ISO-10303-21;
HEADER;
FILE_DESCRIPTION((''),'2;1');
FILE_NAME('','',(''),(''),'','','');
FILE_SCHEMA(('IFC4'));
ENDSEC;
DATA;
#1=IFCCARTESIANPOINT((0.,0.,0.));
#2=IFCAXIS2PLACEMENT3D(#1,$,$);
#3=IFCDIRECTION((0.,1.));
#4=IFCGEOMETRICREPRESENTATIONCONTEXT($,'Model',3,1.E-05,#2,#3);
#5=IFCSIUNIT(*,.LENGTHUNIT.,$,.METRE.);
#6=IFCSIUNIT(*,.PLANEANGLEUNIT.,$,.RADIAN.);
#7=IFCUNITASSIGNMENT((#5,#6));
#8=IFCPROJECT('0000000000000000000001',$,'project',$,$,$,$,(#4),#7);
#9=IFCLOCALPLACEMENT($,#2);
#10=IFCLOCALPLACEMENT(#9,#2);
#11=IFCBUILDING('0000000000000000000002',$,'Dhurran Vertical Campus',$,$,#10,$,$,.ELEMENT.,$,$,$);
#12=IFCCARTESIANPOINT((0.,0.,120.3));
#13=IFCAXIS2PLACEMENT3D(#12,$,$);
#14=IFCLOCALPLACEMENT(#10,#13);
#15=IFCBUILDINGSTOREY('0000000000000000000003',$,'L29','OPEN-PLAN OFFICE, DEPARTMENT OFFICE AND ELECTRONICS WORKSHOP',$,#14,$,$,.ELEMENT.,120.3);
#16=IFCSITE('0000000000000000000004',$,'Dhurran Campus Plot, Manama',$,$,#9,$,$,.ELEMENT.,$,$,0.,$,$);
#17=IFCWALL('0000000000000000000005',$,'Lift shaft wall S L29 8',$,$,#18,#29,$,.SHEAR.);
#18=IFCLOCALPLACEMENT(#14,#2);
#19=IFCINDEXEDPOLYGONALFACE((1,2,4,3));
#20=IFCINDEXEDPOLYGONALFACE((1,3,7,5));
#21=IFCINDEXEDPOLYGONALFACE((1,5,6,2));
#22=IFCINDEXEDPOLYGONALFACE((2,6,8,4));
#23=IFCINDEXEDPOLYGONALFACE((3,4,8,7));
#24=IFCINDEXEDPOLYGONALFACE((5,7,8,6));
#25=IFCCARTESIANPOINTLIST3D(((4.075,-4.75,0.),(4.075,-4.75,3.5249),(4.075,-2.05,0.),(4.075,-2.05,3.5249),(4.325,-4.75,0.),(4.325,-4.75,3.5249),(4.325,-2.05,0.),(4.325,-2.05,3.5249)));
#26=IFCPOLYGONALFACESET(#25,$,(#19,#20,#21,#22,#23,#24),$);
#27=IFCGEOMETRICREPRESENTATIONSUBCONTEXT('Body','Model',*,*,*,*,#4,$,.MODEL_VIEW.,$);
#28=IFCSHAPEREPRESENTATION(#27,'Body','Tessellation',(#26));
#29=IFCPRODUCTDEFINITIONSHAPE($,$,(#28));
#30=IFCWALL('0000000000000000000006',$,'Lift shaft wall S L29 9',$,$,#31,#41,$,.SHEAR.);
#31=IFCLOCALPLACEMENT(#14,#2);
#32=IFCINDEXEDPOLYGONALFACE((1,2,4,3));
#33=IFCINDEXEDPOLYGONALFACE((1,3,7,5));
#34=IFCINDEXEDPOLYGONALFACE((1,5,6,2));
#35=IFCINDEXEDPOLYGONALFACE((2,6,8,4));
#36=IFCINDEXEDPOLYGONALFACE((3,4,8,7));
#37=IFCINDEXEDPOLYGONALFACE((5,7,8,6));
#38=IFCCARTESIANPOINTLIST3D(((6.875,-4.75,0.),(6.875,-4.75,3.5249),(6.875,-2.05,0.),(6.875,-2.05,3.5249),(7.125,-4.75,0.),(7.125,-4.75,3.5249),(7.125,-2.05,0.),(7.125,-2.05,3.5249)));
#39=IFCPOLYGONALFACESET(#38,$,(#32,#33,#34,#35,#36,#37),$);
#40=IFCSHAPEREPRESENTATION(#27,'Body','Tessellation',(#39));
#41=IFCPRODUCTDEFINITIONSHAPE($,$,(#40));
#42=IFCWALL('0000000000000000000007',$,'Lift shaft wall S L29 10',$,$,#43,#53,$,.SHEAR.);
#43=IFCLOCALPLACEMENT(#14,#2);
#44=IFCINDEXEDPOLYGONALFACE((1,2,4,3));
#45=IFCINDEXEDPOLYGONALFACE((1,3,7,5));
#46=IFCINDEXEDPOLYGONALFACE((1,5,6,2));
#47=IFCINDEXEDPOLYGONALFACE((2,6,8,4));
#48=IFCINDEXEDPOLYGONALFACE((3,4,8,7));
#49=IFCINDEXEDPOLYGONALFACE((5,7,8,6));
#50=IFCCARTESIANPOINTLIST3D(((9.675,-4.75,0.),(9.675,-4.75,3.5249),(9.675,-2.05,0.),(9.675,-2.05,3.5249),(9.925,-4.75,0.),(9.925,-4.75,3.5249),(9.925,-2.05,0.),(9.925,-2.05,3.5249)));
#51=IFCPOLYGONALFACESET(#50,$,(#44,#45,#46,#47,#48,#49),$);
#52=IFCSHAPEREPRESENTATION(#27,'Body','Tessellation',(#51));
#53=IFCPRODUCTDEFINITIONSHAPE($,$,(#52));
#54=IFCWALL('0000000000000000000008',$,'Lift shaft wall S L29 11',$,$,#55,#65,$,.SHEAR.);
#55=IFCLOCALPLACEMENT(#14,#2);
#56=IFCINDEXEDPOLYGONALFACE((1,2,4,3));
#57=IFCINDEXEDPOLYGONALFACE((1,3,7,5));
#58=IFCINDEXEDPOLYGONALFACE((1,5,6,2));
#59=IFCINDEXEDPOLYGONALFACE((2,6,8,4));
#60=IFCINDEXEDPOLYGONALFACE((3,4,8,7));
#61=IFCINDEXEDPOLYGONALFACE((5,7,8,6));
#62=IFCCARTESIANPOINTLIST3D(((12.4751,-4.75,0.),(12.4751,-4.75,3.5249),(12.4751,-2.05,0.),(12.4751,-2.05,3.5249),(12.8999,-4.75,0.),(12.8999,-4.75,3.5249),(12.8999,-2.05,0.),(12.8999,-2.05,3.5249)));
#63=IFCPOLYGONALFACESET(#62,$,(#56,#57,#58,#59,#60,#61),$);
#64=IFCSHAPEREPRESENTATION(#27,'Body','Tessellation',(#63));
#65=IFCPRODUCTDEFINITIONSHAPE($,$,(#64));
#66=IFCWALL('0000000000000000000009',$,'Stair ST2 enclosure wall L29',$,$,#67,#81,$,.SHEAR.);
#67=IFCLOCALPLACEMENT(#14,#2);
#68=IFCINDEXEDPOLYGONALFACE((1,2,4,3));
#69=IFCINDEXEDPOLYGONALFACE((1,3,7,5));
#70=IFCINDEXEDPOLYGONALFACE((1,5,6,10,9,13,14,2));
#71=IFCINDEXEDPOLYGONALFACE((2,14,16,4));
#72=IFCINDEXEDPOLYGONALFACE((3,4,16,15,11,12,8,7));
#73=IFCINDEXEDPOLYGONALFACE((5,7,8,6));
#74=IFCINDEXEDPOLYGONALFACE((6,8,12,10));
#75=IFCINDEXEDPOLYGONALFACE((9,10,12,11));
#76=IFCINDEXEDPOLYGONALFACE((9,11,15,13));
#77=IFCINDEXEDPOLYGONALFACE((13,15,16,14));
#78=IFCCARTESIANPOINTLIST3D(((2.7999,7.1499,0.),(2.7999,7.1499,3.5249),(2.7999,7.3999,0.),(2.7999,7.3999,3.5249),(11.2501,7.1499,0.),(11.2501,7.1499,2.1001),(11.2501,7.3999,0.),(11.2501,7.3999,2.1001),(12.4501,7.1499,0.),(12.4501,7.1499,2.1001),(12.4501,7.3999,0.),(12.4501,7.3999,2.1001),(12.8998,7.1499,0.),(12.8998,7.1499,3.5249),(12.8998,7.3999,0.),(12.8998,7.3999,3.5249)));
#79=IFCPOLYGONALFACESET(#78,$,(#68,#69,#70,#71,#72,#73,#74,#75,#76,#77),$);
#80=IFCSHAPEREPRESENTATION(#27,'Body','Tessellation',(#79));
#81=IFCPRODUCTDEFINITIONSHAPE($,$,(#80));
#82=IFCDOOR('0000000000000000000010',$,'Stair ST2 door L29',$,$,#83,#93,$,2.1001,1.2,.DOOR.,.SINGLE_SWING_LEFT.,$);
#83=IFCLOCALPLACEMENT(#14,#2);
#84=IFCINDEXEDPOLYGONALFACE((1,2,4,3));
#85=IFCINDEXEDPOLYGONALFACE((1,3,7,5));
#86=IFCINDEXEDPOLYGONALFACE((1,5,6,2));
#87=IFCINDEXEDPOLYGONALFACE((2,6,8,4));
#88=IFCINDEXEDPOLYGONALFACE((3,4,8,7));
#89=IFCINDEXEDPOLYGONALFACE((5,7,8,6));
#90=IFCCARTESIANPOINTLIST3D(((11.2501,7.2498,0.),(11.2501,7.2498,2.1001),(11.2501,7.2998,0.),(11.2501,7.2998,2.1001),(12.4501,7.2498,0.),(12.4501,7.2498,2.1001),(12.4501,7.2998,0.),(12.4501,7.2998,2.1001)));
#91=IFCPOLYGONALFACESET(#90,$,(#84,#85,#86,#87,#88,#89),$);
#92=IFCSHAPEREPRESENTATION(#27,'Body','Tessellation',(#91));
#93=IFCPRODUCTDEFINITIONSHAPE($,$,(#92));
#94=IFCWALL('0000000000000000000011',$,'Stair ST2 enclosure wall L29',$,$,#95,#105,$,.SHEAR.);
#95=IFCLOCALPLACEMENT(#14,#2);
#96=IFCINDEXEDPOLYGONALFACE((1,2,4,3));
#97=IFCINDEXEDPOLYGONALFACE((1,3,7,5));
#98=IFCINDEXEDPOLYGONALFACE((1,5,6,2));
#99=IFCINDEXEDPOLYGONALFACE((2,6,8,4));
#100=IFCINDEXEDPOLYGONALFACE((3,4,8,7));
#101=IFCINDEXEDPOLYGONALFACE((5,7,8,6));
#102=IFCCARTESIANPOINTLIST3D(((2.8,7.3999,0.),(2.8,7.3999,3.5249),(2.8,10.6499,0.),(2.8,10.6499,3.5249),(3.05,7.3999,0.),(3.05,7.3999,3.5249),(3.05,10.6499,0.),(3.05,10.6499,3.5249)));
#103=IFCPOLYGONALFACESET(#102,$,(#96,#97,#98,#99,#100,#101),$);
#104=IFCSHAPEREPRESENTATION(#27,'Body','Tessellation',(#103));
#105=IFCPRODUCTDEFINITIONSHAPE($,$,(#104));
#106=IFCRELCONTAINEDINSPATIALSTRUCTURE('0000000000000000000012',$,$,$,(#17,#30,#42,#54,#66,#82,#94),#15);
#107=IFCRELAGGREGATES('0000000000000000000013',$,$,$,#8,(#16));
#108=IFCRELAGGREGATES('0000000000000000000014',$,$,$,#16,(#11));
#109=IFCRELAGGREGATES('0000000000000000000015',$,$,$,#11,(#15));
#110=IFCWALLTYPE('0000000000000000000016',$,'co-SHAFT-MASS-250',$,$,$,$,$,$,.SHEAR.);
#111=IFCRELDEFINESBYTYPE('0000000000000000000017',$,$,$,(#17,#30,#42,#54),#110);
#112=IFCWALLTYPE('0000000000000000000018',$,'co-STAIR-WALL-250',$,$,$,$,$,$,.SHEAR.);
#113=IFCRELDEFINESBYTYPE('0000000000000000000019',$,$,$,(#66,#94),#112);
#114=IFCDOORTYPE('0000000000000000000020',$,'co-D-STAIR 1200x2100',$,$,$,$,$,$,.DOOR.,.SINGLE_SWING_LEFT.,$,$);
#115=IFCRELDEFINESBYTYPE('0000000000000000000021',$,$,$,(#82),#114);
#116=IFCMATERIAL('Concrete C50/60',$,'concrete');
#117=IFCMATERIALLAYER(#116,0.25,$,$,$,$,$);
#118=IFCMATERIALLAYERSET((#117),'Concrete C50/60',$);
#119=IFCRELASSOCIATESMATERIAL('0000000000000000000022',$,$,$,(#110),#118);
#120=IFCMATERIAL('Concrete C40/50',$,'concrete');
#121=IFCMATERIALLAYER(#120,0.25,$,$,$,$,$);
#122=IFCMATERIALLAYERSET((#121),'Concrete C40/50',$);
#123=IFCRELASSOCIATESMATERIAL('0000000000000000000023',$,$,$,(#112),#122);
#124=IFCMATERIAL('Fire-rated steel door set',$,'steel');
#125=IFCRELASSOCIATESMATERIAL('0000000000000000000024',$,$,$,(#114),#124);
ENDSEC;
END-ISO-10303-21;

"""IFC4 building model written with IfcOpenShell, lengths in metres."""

from ifc_helpers import new_model, si_unit, direction, frame, frame_2d, origin, place, context, subcontext, project, spatial, polyline, rectangle, outline, extrude, material, layer, layer_set, type_object, element, fill, save


model = new_model("IFC4")

# Units and contexts
model_context = context("Model", 3, precision=1e-05, world=origin(), true_north=direction((0.0, 1.0)))
body_context = subcontext(model_context, "Body", "Model", "MODEL_VIEW")
ifc_project = project(units=[si_unit("LENGTHUNIT", "METRE"), si_unit("PLANEANGLEUNIT", "RADIAN")], contexts=[model_context])

# Site, building, storey
site_placement = place(None, origin())
site = spatial("IfcSite", under=ifc_project, at=site_placement, Name="Dhurran Campus Plot, Manama", CompositionType="ELEMENT", RefElevation=0.0)
building_placement = place(site_placement, origin())
building = spatial("IfcBuilding", under=site, at=building_placement, Name="Dhurran Vertical Campus", CompositionType="ELEMENT")
storey_placement = place(building_placement, frame((0.0, 0.0, 120.3)))
storey = spatial("IfcBuildingStorey", under=building, at=storey_placement, Name="L29", Description="OPEN-PLAN OFFICE, DEPARTMENT OFFICE AND ELECTRONICS WORKSHOP", CompositionType="ELEMENT", Elevation=120.3)

# Walls
ifc_material_1 = material(Name="Concrete C50/60", Category="concrete")
ifc_layer_1 = layer(ifc_material_1, 0.25)
ifc_layer_set_1 = layer_set([ifc_layer_1], Name="Concrete C50/60")
wall_type_1 = type_object("IfcWallType", Name="co-SHAFT-MASS-250", PredefinedType="SHEAR", material=ifc_layer_set_1)
wall_1_placement = place(storey_placement, origin())
element("IfcWall", 1, at=wall_1_placement, inside=storey, type_object=wall_type_1, Name="Lift shaft wall S L29 8", PredefinedType="SHEAR", context=body_context, shape_type="SweptSolid", body=[
    extrude(outline(polyline([(4.075, -4.75), (4.325, -4.75), (4.325, -2.05), (4.075, -2.05), (4.075, -4.75)])), origin(), (0.0, 0.0, 1.0), 3.5249),
])
wall_2_placement = place(storey_placement, origin())
element("IfcWall", 2, at=wall_2_placement, inside=storey, type_object=wall_type_1, Name="Lift shaft wall S L29 9", PredefinedType="SHEAR", context=body_context, shape_type="SweptSolid", body=[
    extrude(outline(polyline([(6.875, -4.75), (7.125, -4.75), (7.125, -2.05), (6.875, -2.05), (6.875, -4.75)])), origin(), (0.0, 0.0, 1.0), 3.5249),
])
wall_3_placement = place(storey_placement, origin())
element("IfcWall", 3, at=wall_3_placement, inside=storey, type_object=wall_type_1, Name="Lift shaft wall S L29 10", PredefinedType="SHEAR", context=body_context, shape_type="SweptSolid", body=[
    extrude(outline(polyline([(9.675, -4.75), (9.925, -4.75), (9.925, -2.05), (9.675, -2.05), (9.675, -4.75)])), origin(), (0.0, 0.0, 1.0), 3.5249),
])
wall_4_placement = place(storey_placement, origin())
element("IfcWall", 4, at=wall_4_placement, inside=storey, type_object=wall_type_1, Name="Lift shaft wall S L29 11", PredefinedType="SHEAR", context=body_context, shape_type="SweptSolid", body=[
    extrude(outline(polyline([(12.4751, -4.75), (12.8999, -4.75), (12.8999, -2.05), (12.4751, -2.05), (12.4751, -4.75)])), origin(), (0.0, 0.0, 1.0), 3.5249),
])

# Wall, opening, door
ifc_material_2 = material(Name="Concrete C40/50", Category="concrete")
ifc_layer_2 = layer(ifc_material_2, 0.25)
ifc_layer_set_2 = layer_set([ifc_layer_2], Name="Concrete C40/50")
wall_type_2 = type_object("IfcWallType", Name="co-STAIR-WALL-250", PredefinedType="SHEAR", material=ifc_layer_set_2)
wall_5_placement = place(storey_placement, frame((2.8, 7.2749, 0.0), z_axis=(0.0, 0.0, 1.0), x_axis=(1.0, 0.0, 0.0)))
wall_5 = element("IfcWall", 5, at=wall_5_placement, inside=storey, type_object=wall_type_2, Name="Stair ST2 enclosure wall L29", PredefinedType="SHEAR", context=body_context, shape_type="SweptSolid", body=[
    extrude(rectangle(XDim=10.0999, YDim=0.25, at=frame_2d((5.0498, 0.0))), origin(), (0.0, 0.0, 1.0), 3.5249),
])
opening_1_placement = place(wall_5_placement, frame((8.45, 0.0, 0.0)))
opening_1 = element("IfcOpeningElement", 6, at=opening_1_placement, cuts=wall_5, PredefinedType="OPENING", context=body_context, shape_type="SweptSolid", body=[
    extrude(rectangle(XDim=1.2, YDim=2.1001, at=frame_2d((0.6001, 1.05))), frame((0.0, 0.135, 0.0), z_axis=(0.0, -1.0, 0.0), x_axis=(1.0, 0.0, 0.0)), (0.0, 0.0, 1.0), 0.27),
])
ifc_material_3 = material(Name="Fire-rated steel door set", Category="steel")
door_type_1 = type_object("IfcDoorType", Name="co-D-STAIR 1200x2100", OperationType="SINGLE_SWING_LEFT", PredefinedType="DOOR", material=ifc_material_3)
door_1_placement = place(opening_1_placement, origin())
door_1 = element("IfcDoor", 7, at=door_1_placement, inside=storey, type_object=door_type_1, Name="Stair ST2 door L29", OperationType="SINGLE_SWING_LEFT", OverallHeight=2.1001, OverallWidth=1.2, PredefinedType="DOOR", context=body_context, shape_type="SweptSolid", body=[
    extrude(rectangle(XDim=1.2, YDim=2.1001, at=frame_2d((0.6001, 1.05))), frame((0.0, 0.0249, 0.0), z_axis=(0.0, -1.0, 0.0), x_axis=(1.0, 0.0, 0.0)), (0.0, 0.0, 1.0), 0.05),
])
fill(opening_1, door_1)

# Wall
wall_6_placement = place(storey_placement, frame((2.925, 7.3999, 0.0), z_axis=(0.0, 0.0, 1.0), x_axis=(0.0, 1.0, 0.0)))
element("IfcWall", 8, at=wall_6_placement, inside=storey, type_object=wall_type_2, Name="Stair ST2 enclosure wall L29", PredefinedType="SHEAR", context=body_context, shape_type="SweptSolid", body=[
    extrude(rectangle(XDim=3.25, YDim=0.25, at=frame_2d((1.625, 0.0))), origin(), (0.0, 0.0, 1.0), 3.5249),
])

save(model, "model.ifc")
